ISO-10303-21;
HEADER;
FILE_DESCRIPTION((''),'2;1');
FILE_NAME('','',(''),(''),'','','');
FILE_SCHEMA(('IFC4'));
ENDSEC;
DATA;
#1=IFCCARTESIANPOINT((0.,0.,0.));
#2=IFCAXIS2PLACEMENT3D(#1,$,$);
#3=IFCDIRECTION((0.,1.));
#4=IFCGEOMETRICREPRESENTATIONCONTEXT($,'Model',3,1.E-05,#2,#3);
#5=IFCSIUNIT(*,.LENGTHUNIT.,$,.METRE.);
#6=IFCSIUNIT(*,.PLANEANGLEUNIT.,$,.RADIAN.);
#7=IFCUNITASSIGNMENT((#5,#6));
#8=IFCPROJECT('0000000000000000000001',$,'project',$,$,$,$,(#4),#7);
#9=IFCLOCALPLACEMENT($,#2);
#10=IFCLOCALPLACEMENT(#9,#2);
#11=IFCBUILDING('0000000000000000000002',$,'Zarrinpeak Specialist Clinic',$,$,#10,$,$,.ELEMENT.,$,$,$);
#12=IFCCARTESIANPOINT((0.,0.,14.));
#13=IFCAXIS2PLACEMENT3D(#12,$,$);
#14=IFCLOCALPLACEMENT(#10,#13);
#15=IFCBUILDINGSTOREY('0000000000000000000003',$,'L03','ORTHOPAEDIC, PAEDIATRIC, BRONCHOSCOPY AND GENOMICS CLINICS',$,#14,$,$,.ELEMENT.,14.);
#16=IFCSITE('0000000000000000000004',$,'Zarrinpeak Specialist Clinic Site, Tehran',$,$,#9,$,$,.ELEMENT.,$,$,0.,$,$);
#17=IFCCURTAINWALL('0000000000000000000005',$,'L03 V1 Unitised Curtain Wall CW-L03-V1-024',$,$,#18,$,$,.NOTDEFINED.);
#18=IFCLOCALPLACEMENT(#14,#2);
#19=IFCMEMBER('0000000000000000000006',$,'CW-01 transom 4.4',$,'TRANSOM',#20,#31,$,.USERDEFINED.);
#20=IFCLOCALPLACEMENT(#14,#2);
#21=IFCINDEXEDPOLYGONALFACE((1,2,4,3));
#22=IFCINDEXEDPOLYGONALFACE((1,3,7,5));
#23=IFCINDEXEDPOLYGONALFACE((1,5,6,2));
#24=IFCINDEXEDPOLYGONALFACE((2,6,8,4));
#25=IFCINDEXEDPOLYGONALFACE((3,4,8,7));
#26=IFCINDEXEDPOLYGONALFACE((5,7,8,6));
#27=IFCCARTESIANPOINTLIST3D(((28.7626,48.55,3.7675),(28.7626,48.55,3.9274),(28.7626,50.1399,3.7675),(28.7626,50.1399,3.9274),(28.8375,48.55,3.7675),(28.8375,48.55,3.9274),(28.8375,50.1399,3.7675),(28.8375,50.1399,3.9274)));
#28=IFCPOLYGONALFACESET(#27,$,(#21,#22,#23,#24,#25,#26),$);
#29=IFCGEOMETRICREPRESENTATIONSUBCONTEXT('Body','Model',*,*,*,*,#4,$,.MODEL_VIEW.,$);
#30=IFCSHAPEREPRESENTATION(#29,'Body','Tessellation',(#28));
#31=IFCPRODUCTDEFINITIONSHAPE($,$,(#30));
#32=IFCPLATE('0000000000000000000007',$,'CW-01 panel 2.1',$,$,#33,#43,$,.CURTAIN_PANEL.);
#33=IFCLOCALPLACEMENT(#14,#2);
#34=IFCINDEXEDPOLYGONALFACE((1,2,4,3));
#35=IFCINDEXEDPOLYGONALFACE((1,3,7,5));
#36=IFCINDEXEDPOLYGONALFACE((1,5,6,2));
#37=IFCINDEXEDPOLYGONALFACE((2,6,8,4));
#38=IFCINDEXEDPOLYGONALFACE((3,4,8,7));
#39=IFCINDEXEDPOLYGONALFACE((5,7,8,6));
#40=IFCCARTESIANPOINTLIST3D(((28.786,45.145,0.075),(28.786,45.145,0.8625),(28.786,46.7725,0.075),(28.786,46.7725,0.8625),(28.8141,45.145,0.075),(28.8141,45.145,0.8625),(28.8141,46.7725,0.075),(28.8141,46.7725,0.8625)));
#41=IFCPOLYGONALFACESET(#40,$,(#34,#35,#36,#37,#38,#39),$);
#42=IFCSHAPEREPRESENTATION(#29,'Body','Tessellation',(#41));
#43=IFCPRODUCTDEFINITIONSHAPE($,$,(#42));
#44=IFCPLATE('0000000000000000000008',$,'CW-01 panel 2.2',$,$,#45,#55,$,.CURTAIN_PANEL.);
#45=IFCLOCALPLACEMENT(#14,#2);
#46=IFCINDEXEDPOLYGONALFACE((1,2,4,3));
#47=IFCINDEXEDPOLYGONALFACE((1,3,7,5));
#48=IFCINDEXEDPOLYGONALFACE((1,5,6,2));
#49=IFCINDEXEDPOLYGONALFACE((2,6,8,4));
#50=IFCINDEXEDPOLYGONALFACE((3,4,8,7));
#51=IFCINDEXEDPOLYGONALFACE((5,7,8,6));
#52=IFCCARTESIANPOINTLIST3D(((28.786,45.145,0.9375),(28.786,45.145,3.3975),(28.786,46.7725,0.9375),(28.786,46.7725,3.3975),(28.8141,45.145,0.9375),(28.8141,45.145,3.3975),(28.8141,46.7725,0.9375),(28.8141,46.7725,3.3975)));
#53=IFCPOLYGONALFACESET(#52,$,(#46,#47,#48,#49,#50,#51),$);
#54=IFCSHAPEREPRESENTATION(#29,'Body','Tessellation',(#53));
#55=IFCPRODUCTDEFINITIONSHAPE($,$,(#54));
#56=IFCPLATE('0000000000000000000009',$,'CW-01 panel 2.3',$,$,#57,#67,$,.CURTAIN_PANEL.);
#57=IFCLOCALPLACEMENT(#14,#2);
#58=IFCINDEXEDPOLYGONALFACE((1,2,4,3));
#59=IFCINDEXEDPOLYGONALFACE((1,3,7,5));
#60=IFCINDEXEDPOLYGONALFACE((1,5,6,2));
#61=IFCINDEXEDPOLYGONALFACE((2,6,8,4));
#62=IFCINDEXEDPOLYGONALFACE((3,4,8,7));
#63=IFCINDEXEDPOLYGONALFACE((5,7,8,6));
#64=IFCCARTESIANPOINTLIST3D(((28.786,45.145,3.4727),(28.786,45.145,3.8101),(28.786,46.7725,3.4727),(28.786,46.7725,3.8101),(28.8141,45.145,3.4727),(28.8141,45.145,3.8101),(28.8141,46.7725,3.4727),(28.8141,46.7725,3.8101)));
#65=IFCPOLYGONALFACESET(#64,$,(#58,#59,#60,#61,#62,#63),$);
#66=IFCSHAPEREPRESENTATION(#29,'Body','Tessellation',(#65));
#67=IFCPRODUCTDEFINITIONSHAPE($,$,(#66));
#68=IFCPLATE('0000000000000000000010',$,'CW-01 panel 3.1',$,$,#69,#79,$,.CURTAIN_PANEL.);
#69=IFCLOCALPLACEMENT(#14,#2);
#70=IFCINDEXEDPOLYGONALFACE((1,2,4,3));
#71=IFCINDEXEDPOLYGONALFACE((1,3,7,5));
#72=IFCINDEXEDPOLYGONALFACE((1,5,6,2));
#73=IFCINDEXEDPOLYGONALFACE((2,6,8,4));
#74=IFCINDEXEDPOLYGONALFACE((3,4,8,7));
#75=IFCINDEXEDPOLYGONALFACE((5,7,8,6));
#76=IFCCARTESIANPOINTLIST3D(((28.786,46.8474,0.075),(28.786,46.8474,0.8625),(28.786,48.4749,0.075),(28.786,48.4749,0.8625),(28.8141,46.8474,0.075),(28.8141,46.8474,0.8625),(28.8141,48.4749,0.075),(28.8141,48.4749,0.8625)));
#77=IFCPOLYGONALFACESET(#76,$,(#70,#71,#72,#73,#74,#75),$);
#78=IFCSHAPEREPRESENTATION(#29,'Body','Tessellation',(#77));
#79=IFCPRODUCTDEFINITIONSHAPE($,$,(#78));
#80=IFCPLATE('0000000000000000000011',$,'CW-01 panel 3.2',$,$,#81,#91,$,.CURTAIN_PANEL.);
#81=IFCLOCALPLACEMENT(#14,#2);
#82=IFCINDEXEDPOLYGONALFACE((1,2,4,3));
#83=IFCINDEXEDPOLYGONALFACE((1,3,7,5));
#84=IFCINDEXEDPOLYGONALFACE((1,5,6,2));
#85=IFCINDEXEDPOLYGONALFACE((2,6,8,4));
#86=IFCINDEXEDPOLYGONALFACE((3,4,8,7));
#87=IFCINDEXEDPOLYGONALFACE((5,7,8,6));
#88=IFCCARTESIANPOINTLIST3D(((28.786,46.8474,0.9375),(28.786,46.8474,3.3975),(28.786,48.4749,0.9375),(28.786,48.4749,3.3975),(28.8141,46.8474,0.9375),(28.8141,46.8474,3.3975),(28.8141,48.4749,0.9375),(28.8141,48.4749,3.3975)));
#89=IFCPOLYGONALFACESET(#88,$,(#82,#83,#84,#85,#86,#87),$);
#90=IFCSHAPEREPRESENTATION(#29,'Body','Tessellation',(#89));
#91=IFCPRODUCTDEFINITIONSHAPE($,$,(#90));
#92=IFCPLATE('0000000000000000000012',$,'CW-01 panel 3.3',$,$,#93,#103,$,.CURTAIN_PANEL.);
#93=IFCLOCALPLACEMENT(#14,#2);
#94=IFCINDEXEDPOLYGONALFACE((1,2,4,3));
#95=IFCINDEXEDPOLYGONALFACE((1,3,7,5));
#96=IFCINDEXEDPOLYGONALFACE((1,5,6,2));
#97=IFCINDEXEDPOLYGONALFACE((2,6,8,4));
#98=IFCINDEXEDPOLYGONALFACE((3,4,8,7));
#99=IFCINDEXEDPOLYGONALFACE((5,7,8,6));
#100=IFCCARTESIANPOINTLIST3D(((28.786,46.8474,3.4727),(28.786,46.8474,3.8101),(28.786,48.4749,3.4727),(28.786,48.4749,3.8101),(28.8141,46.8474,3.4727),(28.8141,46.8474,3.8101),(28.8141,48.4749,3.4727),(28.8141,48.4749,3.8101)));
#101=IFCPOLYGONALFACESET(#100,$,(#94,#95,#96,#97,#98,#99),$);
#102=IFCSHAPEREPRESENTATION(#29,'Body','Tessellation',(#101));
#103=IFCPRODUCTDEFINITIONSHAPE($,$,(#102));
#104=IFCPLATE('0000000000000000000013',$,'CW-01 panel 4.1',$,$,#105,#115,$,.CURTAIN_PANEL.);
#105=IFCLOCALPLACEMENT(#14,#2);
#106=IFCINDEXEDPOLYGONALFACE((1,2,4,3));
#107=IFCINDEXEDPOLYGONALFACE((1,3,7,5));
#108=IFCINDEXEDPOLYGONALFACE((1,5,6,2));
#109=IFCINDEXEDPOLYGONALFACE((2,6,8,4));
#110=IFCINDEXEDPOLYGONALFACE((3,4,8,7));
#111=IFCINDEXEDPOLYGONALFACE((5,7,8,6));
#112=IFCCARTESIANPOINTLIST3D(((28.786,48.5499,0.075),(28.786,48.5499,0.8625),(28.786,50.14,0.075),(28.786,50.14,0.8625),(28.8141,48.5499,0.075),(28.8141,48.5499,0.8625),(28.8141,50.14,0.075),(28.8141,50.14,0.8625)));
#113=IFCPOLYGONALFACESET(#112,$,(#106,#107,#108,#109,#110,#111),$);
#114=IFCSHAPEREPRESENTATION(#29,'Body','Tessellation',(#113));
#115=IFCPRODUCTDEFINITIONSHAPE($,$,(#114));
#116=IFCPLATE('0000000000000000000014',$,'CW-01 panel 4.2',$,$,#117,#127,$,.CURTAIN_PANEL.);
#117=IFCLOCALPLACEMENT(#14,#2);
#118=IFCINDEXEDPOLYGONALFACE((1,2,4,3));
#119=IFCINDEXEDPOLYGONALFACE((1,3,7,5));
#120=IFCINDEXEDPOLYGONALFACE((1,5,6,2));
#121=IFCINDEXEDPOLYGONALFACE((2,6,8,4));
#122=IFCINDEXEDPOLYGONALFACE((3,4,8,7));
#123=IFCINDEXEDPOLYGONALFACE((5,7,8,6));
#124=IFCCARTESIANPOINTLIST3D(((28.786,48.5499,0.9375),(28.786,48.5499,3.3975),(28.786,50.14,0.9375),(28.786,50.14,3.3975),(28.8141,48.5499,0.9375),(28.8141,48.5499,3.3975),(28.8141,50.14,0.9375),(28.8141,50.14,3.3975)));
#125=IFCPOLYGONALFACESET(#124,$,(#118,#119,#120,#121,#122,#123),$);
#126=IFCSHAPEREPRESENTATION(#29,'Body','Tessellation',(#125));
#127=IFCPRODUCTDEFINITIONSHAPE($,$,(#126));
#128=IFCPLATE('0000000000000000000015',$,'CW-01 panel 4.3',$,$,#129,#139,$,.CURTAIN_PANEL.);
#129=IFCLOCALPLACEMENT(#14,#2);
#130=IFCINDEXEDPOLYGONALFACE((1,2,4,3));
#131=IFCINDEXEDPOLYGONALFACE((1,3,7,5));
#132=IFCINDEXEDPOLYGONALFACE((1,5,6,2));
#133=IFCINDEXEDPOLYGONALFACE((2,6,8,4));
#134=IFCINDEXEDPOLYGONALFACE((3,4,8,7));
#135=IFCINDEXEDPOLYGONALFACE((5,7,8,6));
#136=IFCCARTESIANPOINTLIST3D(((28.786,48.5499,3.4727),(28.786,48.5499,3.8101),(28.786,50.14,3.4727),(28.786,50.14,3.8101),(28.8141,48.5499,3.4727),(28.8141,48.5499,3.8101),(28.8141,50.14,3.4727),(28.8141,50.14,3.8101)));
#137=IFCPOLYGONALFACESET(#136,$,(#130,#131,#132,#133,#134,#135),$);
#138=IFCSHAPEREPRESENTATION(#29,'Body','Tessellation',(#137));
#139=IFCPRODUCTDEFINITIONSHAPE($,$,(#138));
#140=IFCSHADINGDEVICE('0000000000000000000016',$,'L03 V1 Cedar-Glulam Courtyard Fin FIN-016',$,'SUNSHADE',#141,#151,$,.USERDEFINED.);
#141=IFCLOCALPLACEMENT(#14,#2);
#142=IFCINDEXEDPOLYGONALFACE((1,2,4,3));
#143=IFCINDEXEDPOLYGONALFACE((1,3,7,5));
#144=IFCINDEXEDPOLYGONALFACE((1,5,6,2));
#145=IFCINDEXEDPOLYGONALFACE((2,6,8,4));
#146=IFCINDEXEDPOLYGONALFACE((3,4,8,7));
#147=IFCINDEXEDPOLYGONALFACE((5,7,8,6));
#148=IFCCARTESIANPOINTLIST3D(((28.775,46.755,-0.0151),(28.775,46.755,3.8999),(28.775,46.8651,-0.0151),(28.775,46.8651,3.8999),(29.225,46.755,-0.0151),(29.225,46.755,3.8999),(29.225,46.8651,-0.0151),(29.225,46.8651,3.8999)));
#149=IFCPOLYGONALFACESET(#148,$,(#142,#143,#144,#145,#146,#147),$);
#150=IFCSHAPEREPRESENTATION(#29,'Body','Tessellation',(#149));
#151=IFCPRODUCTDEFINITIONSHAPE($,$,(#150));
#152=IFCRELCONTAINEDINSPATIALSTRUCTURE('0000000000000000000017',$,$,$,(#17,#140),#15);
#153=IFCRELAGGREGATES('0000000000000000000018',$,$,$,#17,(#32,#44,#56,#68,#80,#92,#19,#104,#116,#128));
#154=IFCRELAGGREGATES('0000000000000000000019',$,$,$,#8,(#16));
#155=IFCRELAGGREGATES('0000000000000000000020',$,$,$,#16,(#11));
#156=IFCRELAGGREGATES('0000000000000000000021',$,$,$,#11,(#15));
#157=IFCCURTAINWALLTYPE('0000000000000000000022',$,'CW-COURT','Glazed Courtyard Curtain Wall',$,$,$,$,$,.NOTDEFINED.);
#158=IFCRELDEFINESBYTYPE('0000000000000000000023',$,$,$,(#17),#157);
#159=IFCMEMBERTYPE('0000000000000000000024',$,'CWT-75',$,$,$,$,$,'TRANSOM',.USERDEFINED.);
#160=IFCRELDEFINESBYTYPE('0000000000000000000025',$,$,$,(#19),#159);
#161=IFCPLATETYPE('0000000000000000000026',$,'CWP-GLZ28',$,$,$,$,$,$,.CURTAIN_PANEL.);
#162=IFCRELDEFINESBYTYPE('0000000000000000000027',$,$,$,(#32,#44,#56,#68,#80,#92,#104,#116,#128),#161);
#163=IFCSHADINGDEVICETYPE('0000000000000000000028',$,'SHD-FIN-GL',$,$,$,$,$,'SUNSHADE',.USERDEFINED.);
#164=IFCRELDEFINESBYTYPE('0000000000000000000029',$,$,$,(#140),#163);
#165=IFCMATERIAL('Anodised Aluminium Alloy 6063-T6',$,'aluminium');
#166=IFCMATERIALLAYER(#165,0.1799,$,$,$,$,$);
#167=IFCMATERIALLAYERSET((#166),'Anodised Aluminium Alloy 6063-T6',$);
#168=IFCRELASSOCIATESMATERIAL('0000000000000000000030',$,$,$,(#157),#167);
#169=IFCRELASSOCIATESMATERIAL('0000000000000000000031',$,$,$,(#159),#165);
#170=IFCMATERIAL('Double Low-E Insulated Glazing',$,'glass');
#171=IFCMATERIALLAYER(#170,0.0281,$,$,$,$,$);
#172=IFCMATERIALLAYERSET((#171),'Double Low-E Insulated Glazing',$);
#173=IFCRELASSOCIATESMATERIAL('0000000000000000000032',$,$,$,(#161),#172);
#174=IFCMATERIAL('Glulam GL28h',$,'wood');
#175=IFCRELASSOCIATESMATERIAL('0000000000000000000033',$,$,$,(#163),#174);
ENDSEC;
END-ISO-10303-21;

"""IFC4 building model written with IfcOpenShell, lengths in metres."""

from ifc_helpers import new_model, si_unit, direction, frame, origin, origin_2d, place, context, subcontext, project, spatial, rectangle, extrude, material, layer, layer_set, material_profile, profile_set, type_object, element, aggregate, save


model = new_model("IFC4")

# Units and contexts
model_context = context("Model", 3, precision=1e-05, world=origin(), true_north=direction((0.0, 1.0)))
body_context = subcontext(model_context, "Body", "Model", "MODEL_VIEW")
ifc_project = project(units=[si_unit("LENGTHUNIT", "METRE"), si_unit("PLANEANGLEUNIT", "RADIAN")], contexts=[model_context])

# Site, building, storey
site_placement = place(None, origin())
site = spatial("IfcSite", under=ifc_project, at=site_placement, Name="Zarrinpeak Specialist Clinic Site, Tehran", CompositionType="ELEMENT", RefElevation=0.0)
building_placement = place(site_placement, origin())
building = spatial("IfcBuilding", under=site, at=building_placement, Name="Zarrinpeak Specialist Clinic", CompositionType="ELEMENT")
storey_placement = place(building_placement, frame((0.0, 0.0, 14.0)))
storey = spatial("IfcBuildingStorey", under=building, at=storey_placement, Name="L03", Description="ORTHOPAEDIC, PAEDIATRIC, BRONCHOSCOPY AND GENOMICS CLINICS", CompositionType="ELEMENT", Elevation=14.0)

# Shared definitions
ifc_material_1 = material(Name="Anodised Aluminium Alloy 6063-T6", Category="aluminium")

# Curtain wall
ifc_layer_1 = layer(ifc_material_1, 0.1799)
ifc_layer_set_1 = layer_set([ifc_layer_1], Name="Anodised Aluminium Alloy 6063-T6")
curtain_wall_type_1 = type_object("IfcCurtainWallType", Name="CW-COURT", Description="Glazed Courtyard Curtain Wall", PredefinedType="NOTDEFINED", material=ifc_layer_set_1)
curtain_wall_1_placement = place(storey_placement, origin())
curtain_wall_1 = element("IfcCurtainWall", 1, at=curtain_wall_1_placement, inside=storey, type_object=curtain_wall_type_1, Name="L03 V1 Unitised Curtain Wall CW-L03-V1-024", PredefinedType="NOTDEFINED")

# Member
ifc_material_profile_1 = material_profile(ifc_material_1, rectangle(XDim=0.075, YDim=0.1599, at=origin_2d()), Name="ALU 75x160")
ifc_profile_set_1 = profile_set([ifc_material_profile_1], Name="Anodised Aluminium Alloy 6063-T6")
member_type_1 = type_object("IfcMemberType", Name="CWT-75", ElementType="TRANSOM", PredefinedType="USERDEFINED", material=ifc_profile_set_1)
member_1_placement = place(storey_placement, frame((28.8, 48.55, 3.8474), z_axis=(0.0, 1.0, 0.0), x_axis=(-1.0, 0.0, 0.0)))
member_1 = element("IfcMember", 2, at=member_1_placement, type_object=member_type_1, Name="CW-01 transom 4.4", ObjectType="TRANSOM", PredefinedType="USERDEFINED", context=body_context, shape_type="SweptSolid", body=[
    extrude(rectangle(XDim=0.075, YDim=0.1599, at=origin_2d()), origin(), (0.0, 0.0, 1.0), 1.5898),
])

# Plates
ifc_material_2 = material(Name="Double Low-E Insulated Glazing", Category="glass")
ifc_layer_2 = layer(ifc_material_2, 0.0281)
ifc_layer_set_2 = layer_set([ifc_layer_2], Name="Double Low-E Insulated Glazing")
plate_type = type_object("IfcPlateType", Name="CWP-GLZ28", PredefinedType="CURTAIN_PANEL", material=ifc_layer_set_2)
plate_1_placement = place(storey_placement, frame((28.8, 45.9587, 0.075), z_axis=(0.0, 0.0, 1.0), x_axis=(0.0, 1.0, 0.0)))
plate_1 = element("IfcPlate", 3, at=plate_1_placement, type_object=plate_type, Name="CW-01 panel 2.1", PredefinedType="CURTAIN_PANEL", context=body_context, shape_type="SweptSolid", body=[
    extrude(rectangle(XDim=1.6274, YDim=0.0281, at=origin_2d()), origin(), (0.0, 0.0, 1.0), 0.7876),
])
plate_2_placement = place(storey_placement, frame((28.8, 45.9587, 0.9375), z_axis=(0.0, 0.0, 1.0), x_axis=(0.0, 1.0, 0.0)))
plate_2 = element("IfcPlate", 4, at=plate_2_placement, type_object=plate_type, Name="CW-01 panel 2.2", PredefinedType="CURTAIN_PANEL", context=body_context, shape_type="SweptSolid", body=[
    extrude(rectangle(XDim=1.6274, YDim=0.0281, at=origin_2d()), origin(), (0.0, 0.0, 1.0), 2.46),
])
plate_3_placement = place(storey_placement, frame((28.8, 45.9587, 3.4727), z_axis=(0.0, 0.0, 1.0), x_axis=(0.0, 1.0, 0.0)))
plate_3 = element("IfcPlate", 5, at=plate_3_placement, type_object=plate_type, Name="CW-01 panel 2.3", PredefinedType="CURTAIN_PANEL", context=body_context, shape_type="SweptSolid", body=[
    extrude(rectangle(XDim=1.6274, YDim=0.0281, at=origin_2d()), origin(), (0.0, 0.0, 1.0), 0.3374),
])
plate_4_placement = place(storey_placement, frame((28.8, 47.6611, 0.075), z_axis=(0.0, 0.0, 1.0), x_axis=(0.0, 1.0, 0.0)))
plate_4 = element("IfcPlate", 6, at=plate_4_placement, type_object=plate_type, Name="CW-01 panel 3.1", PredefinedType="CURTAIN_PANEL", context=body_context, shape_type="SweptSolid", body=[
    extrude(rectangle(XDim=1.6274, YDim=0.0281, at=origin_2d()), origin(), (0.0, 0.0, 1.0), 0.7876),
])
plate_5_placement = place(storey_placement, frame((28.8, 47.6611, 0.9375), z_axis=(0.0, 0.0, 1.0), x_axis=(0.0, 1.0, 0.0)))
plate_5 = element("IfcPlate", 7, at=plate_5_placement, type_object=plate_type, Name="CW-01 panel 3.2", PredefinedType="CURTAIN_PANEL", context=body_context, shape_type="SweptSolid", body=[
    extrude(rectangle(XDim=1.6274, YDim=0.0281, at=origin_2d()), origin(), (0.0, 0.0, 1.0), 2.46),
])
plate_6_placement = place(storey_placement, frame((28.8, 47.6611, 3.4727), z_axis=(0.0, 0.0, 1.0), x_axis=(0.0, 1.0, 0.0)))
plate_6 = element("IfcPlate", 8, at=plate_6_placement, type_object=plate_type, Name="CW-01 panel 3.3", PredefinedType="CURTAIN_PANEL", context=body_context, shape_type="SweptSolid", body=[
    extrude(rectangle(XDim=1.6274, YDim=0.0281, at=origin_2d()), origin(), (0.0, 0.0, 1.0), 0.3374),
])
plate_7_placement = place(storey_placement, frame((28.8, 49.345, 0.075), z_axis=(0.0, 0.0, 1.0), x_axis=(0.0, 1.0, 0.0)))
plate_7 = element("IfcPlate", 9, at=plate_7_placement, type_object=plate_type, Name="CW-01 panel 4.1", PredefinedType="CURTAIN_PANEL", context=body_context, shape_type="SweptSolid", body=[
    extrude(rectangle(XDim=1.5901, YDim=0.0281, at=origin_2d()), origin(), (0.0, 0.0, 1.0), 0.7876),
])
plate_8_placement = place(storey_placement, frame((28.8, 49.345, 0.9375), z_axis=(0.0, 0.0, 1.0), x_axis=(0.0, 1.0, 0.0)))
plate_8 = element("IfcPlate", 10, at=plate_8_placement, type_object=plate_type, Name="CW-01 panel 4.2", PredefinedType="CURTAIN_PANEL", context=body_context, shape_type="SweptSolid", body=[
    extrude(rectangle(XDim=1.5901, YDim=0.0281, at=origin_2d()), origin(), (0.0, 0.0, 1.0), 2.46),
])
plate_9_placement = place(storey_placement, frame((28.8, 49.345, 3.4727), z_axis=(0.0, 0.0, 1.0), x_axis=(0.0, 1.0, 0.0)))
plate_9 = element("IfcPlate", 11, at=plate_9_placement, type_object=plate_type, Name="CW-01 panel 4.3", PredefinedType="CURTAIN_PANEL", context=body_context, shape_type="SweptSolid", body=[
    extrude(rectangle(XDim=1.5901, YDim=0.0281, at=origin_2d()), origin(), (0.0, 0.0, 1.0), 0.3374),
])
aggregate(curtain_wall_1, [plate_1, plate_2, plate_3, plate_4, plate_5, plate_6, member_1, plate_7, plate_8, plate_9])

# Shading device
ifc_material_3 = material(Name="Glulam GL28h", Category="wood")
shading_device_type = type_object("IfcShadingDeviceType", Name="SHD-FIN-GL", ElementType="SUNSHADE", PredefinedType="USERDEFINED", material=ifc_material_3)
shading_device_placement = place(storey_placement, frame((29.0, 46.8101, -0.0151), z_axis=(0.0, 0.0, 1.0), x_axis=(1.0, 0.0, 0.0)))
element("IfcShadingDevice", 12, at=shading_device_placement, inside=storey, type_object=shading_device_type, Name="L03 V1 Cedar-Glulam Courtyard Fin FIN-016", ObjectType="SUNSHADE", PredefinedType="USERDEFINED", context=body_context, shape_type="SweptSolid", body=[
    extrude(rectangle(XDim=0.45, YDim=0.1101, at=origin_2d()), origin(), (0.0, 0.0, 1.0), 3.915),
])

save(model, "model.ifc")
